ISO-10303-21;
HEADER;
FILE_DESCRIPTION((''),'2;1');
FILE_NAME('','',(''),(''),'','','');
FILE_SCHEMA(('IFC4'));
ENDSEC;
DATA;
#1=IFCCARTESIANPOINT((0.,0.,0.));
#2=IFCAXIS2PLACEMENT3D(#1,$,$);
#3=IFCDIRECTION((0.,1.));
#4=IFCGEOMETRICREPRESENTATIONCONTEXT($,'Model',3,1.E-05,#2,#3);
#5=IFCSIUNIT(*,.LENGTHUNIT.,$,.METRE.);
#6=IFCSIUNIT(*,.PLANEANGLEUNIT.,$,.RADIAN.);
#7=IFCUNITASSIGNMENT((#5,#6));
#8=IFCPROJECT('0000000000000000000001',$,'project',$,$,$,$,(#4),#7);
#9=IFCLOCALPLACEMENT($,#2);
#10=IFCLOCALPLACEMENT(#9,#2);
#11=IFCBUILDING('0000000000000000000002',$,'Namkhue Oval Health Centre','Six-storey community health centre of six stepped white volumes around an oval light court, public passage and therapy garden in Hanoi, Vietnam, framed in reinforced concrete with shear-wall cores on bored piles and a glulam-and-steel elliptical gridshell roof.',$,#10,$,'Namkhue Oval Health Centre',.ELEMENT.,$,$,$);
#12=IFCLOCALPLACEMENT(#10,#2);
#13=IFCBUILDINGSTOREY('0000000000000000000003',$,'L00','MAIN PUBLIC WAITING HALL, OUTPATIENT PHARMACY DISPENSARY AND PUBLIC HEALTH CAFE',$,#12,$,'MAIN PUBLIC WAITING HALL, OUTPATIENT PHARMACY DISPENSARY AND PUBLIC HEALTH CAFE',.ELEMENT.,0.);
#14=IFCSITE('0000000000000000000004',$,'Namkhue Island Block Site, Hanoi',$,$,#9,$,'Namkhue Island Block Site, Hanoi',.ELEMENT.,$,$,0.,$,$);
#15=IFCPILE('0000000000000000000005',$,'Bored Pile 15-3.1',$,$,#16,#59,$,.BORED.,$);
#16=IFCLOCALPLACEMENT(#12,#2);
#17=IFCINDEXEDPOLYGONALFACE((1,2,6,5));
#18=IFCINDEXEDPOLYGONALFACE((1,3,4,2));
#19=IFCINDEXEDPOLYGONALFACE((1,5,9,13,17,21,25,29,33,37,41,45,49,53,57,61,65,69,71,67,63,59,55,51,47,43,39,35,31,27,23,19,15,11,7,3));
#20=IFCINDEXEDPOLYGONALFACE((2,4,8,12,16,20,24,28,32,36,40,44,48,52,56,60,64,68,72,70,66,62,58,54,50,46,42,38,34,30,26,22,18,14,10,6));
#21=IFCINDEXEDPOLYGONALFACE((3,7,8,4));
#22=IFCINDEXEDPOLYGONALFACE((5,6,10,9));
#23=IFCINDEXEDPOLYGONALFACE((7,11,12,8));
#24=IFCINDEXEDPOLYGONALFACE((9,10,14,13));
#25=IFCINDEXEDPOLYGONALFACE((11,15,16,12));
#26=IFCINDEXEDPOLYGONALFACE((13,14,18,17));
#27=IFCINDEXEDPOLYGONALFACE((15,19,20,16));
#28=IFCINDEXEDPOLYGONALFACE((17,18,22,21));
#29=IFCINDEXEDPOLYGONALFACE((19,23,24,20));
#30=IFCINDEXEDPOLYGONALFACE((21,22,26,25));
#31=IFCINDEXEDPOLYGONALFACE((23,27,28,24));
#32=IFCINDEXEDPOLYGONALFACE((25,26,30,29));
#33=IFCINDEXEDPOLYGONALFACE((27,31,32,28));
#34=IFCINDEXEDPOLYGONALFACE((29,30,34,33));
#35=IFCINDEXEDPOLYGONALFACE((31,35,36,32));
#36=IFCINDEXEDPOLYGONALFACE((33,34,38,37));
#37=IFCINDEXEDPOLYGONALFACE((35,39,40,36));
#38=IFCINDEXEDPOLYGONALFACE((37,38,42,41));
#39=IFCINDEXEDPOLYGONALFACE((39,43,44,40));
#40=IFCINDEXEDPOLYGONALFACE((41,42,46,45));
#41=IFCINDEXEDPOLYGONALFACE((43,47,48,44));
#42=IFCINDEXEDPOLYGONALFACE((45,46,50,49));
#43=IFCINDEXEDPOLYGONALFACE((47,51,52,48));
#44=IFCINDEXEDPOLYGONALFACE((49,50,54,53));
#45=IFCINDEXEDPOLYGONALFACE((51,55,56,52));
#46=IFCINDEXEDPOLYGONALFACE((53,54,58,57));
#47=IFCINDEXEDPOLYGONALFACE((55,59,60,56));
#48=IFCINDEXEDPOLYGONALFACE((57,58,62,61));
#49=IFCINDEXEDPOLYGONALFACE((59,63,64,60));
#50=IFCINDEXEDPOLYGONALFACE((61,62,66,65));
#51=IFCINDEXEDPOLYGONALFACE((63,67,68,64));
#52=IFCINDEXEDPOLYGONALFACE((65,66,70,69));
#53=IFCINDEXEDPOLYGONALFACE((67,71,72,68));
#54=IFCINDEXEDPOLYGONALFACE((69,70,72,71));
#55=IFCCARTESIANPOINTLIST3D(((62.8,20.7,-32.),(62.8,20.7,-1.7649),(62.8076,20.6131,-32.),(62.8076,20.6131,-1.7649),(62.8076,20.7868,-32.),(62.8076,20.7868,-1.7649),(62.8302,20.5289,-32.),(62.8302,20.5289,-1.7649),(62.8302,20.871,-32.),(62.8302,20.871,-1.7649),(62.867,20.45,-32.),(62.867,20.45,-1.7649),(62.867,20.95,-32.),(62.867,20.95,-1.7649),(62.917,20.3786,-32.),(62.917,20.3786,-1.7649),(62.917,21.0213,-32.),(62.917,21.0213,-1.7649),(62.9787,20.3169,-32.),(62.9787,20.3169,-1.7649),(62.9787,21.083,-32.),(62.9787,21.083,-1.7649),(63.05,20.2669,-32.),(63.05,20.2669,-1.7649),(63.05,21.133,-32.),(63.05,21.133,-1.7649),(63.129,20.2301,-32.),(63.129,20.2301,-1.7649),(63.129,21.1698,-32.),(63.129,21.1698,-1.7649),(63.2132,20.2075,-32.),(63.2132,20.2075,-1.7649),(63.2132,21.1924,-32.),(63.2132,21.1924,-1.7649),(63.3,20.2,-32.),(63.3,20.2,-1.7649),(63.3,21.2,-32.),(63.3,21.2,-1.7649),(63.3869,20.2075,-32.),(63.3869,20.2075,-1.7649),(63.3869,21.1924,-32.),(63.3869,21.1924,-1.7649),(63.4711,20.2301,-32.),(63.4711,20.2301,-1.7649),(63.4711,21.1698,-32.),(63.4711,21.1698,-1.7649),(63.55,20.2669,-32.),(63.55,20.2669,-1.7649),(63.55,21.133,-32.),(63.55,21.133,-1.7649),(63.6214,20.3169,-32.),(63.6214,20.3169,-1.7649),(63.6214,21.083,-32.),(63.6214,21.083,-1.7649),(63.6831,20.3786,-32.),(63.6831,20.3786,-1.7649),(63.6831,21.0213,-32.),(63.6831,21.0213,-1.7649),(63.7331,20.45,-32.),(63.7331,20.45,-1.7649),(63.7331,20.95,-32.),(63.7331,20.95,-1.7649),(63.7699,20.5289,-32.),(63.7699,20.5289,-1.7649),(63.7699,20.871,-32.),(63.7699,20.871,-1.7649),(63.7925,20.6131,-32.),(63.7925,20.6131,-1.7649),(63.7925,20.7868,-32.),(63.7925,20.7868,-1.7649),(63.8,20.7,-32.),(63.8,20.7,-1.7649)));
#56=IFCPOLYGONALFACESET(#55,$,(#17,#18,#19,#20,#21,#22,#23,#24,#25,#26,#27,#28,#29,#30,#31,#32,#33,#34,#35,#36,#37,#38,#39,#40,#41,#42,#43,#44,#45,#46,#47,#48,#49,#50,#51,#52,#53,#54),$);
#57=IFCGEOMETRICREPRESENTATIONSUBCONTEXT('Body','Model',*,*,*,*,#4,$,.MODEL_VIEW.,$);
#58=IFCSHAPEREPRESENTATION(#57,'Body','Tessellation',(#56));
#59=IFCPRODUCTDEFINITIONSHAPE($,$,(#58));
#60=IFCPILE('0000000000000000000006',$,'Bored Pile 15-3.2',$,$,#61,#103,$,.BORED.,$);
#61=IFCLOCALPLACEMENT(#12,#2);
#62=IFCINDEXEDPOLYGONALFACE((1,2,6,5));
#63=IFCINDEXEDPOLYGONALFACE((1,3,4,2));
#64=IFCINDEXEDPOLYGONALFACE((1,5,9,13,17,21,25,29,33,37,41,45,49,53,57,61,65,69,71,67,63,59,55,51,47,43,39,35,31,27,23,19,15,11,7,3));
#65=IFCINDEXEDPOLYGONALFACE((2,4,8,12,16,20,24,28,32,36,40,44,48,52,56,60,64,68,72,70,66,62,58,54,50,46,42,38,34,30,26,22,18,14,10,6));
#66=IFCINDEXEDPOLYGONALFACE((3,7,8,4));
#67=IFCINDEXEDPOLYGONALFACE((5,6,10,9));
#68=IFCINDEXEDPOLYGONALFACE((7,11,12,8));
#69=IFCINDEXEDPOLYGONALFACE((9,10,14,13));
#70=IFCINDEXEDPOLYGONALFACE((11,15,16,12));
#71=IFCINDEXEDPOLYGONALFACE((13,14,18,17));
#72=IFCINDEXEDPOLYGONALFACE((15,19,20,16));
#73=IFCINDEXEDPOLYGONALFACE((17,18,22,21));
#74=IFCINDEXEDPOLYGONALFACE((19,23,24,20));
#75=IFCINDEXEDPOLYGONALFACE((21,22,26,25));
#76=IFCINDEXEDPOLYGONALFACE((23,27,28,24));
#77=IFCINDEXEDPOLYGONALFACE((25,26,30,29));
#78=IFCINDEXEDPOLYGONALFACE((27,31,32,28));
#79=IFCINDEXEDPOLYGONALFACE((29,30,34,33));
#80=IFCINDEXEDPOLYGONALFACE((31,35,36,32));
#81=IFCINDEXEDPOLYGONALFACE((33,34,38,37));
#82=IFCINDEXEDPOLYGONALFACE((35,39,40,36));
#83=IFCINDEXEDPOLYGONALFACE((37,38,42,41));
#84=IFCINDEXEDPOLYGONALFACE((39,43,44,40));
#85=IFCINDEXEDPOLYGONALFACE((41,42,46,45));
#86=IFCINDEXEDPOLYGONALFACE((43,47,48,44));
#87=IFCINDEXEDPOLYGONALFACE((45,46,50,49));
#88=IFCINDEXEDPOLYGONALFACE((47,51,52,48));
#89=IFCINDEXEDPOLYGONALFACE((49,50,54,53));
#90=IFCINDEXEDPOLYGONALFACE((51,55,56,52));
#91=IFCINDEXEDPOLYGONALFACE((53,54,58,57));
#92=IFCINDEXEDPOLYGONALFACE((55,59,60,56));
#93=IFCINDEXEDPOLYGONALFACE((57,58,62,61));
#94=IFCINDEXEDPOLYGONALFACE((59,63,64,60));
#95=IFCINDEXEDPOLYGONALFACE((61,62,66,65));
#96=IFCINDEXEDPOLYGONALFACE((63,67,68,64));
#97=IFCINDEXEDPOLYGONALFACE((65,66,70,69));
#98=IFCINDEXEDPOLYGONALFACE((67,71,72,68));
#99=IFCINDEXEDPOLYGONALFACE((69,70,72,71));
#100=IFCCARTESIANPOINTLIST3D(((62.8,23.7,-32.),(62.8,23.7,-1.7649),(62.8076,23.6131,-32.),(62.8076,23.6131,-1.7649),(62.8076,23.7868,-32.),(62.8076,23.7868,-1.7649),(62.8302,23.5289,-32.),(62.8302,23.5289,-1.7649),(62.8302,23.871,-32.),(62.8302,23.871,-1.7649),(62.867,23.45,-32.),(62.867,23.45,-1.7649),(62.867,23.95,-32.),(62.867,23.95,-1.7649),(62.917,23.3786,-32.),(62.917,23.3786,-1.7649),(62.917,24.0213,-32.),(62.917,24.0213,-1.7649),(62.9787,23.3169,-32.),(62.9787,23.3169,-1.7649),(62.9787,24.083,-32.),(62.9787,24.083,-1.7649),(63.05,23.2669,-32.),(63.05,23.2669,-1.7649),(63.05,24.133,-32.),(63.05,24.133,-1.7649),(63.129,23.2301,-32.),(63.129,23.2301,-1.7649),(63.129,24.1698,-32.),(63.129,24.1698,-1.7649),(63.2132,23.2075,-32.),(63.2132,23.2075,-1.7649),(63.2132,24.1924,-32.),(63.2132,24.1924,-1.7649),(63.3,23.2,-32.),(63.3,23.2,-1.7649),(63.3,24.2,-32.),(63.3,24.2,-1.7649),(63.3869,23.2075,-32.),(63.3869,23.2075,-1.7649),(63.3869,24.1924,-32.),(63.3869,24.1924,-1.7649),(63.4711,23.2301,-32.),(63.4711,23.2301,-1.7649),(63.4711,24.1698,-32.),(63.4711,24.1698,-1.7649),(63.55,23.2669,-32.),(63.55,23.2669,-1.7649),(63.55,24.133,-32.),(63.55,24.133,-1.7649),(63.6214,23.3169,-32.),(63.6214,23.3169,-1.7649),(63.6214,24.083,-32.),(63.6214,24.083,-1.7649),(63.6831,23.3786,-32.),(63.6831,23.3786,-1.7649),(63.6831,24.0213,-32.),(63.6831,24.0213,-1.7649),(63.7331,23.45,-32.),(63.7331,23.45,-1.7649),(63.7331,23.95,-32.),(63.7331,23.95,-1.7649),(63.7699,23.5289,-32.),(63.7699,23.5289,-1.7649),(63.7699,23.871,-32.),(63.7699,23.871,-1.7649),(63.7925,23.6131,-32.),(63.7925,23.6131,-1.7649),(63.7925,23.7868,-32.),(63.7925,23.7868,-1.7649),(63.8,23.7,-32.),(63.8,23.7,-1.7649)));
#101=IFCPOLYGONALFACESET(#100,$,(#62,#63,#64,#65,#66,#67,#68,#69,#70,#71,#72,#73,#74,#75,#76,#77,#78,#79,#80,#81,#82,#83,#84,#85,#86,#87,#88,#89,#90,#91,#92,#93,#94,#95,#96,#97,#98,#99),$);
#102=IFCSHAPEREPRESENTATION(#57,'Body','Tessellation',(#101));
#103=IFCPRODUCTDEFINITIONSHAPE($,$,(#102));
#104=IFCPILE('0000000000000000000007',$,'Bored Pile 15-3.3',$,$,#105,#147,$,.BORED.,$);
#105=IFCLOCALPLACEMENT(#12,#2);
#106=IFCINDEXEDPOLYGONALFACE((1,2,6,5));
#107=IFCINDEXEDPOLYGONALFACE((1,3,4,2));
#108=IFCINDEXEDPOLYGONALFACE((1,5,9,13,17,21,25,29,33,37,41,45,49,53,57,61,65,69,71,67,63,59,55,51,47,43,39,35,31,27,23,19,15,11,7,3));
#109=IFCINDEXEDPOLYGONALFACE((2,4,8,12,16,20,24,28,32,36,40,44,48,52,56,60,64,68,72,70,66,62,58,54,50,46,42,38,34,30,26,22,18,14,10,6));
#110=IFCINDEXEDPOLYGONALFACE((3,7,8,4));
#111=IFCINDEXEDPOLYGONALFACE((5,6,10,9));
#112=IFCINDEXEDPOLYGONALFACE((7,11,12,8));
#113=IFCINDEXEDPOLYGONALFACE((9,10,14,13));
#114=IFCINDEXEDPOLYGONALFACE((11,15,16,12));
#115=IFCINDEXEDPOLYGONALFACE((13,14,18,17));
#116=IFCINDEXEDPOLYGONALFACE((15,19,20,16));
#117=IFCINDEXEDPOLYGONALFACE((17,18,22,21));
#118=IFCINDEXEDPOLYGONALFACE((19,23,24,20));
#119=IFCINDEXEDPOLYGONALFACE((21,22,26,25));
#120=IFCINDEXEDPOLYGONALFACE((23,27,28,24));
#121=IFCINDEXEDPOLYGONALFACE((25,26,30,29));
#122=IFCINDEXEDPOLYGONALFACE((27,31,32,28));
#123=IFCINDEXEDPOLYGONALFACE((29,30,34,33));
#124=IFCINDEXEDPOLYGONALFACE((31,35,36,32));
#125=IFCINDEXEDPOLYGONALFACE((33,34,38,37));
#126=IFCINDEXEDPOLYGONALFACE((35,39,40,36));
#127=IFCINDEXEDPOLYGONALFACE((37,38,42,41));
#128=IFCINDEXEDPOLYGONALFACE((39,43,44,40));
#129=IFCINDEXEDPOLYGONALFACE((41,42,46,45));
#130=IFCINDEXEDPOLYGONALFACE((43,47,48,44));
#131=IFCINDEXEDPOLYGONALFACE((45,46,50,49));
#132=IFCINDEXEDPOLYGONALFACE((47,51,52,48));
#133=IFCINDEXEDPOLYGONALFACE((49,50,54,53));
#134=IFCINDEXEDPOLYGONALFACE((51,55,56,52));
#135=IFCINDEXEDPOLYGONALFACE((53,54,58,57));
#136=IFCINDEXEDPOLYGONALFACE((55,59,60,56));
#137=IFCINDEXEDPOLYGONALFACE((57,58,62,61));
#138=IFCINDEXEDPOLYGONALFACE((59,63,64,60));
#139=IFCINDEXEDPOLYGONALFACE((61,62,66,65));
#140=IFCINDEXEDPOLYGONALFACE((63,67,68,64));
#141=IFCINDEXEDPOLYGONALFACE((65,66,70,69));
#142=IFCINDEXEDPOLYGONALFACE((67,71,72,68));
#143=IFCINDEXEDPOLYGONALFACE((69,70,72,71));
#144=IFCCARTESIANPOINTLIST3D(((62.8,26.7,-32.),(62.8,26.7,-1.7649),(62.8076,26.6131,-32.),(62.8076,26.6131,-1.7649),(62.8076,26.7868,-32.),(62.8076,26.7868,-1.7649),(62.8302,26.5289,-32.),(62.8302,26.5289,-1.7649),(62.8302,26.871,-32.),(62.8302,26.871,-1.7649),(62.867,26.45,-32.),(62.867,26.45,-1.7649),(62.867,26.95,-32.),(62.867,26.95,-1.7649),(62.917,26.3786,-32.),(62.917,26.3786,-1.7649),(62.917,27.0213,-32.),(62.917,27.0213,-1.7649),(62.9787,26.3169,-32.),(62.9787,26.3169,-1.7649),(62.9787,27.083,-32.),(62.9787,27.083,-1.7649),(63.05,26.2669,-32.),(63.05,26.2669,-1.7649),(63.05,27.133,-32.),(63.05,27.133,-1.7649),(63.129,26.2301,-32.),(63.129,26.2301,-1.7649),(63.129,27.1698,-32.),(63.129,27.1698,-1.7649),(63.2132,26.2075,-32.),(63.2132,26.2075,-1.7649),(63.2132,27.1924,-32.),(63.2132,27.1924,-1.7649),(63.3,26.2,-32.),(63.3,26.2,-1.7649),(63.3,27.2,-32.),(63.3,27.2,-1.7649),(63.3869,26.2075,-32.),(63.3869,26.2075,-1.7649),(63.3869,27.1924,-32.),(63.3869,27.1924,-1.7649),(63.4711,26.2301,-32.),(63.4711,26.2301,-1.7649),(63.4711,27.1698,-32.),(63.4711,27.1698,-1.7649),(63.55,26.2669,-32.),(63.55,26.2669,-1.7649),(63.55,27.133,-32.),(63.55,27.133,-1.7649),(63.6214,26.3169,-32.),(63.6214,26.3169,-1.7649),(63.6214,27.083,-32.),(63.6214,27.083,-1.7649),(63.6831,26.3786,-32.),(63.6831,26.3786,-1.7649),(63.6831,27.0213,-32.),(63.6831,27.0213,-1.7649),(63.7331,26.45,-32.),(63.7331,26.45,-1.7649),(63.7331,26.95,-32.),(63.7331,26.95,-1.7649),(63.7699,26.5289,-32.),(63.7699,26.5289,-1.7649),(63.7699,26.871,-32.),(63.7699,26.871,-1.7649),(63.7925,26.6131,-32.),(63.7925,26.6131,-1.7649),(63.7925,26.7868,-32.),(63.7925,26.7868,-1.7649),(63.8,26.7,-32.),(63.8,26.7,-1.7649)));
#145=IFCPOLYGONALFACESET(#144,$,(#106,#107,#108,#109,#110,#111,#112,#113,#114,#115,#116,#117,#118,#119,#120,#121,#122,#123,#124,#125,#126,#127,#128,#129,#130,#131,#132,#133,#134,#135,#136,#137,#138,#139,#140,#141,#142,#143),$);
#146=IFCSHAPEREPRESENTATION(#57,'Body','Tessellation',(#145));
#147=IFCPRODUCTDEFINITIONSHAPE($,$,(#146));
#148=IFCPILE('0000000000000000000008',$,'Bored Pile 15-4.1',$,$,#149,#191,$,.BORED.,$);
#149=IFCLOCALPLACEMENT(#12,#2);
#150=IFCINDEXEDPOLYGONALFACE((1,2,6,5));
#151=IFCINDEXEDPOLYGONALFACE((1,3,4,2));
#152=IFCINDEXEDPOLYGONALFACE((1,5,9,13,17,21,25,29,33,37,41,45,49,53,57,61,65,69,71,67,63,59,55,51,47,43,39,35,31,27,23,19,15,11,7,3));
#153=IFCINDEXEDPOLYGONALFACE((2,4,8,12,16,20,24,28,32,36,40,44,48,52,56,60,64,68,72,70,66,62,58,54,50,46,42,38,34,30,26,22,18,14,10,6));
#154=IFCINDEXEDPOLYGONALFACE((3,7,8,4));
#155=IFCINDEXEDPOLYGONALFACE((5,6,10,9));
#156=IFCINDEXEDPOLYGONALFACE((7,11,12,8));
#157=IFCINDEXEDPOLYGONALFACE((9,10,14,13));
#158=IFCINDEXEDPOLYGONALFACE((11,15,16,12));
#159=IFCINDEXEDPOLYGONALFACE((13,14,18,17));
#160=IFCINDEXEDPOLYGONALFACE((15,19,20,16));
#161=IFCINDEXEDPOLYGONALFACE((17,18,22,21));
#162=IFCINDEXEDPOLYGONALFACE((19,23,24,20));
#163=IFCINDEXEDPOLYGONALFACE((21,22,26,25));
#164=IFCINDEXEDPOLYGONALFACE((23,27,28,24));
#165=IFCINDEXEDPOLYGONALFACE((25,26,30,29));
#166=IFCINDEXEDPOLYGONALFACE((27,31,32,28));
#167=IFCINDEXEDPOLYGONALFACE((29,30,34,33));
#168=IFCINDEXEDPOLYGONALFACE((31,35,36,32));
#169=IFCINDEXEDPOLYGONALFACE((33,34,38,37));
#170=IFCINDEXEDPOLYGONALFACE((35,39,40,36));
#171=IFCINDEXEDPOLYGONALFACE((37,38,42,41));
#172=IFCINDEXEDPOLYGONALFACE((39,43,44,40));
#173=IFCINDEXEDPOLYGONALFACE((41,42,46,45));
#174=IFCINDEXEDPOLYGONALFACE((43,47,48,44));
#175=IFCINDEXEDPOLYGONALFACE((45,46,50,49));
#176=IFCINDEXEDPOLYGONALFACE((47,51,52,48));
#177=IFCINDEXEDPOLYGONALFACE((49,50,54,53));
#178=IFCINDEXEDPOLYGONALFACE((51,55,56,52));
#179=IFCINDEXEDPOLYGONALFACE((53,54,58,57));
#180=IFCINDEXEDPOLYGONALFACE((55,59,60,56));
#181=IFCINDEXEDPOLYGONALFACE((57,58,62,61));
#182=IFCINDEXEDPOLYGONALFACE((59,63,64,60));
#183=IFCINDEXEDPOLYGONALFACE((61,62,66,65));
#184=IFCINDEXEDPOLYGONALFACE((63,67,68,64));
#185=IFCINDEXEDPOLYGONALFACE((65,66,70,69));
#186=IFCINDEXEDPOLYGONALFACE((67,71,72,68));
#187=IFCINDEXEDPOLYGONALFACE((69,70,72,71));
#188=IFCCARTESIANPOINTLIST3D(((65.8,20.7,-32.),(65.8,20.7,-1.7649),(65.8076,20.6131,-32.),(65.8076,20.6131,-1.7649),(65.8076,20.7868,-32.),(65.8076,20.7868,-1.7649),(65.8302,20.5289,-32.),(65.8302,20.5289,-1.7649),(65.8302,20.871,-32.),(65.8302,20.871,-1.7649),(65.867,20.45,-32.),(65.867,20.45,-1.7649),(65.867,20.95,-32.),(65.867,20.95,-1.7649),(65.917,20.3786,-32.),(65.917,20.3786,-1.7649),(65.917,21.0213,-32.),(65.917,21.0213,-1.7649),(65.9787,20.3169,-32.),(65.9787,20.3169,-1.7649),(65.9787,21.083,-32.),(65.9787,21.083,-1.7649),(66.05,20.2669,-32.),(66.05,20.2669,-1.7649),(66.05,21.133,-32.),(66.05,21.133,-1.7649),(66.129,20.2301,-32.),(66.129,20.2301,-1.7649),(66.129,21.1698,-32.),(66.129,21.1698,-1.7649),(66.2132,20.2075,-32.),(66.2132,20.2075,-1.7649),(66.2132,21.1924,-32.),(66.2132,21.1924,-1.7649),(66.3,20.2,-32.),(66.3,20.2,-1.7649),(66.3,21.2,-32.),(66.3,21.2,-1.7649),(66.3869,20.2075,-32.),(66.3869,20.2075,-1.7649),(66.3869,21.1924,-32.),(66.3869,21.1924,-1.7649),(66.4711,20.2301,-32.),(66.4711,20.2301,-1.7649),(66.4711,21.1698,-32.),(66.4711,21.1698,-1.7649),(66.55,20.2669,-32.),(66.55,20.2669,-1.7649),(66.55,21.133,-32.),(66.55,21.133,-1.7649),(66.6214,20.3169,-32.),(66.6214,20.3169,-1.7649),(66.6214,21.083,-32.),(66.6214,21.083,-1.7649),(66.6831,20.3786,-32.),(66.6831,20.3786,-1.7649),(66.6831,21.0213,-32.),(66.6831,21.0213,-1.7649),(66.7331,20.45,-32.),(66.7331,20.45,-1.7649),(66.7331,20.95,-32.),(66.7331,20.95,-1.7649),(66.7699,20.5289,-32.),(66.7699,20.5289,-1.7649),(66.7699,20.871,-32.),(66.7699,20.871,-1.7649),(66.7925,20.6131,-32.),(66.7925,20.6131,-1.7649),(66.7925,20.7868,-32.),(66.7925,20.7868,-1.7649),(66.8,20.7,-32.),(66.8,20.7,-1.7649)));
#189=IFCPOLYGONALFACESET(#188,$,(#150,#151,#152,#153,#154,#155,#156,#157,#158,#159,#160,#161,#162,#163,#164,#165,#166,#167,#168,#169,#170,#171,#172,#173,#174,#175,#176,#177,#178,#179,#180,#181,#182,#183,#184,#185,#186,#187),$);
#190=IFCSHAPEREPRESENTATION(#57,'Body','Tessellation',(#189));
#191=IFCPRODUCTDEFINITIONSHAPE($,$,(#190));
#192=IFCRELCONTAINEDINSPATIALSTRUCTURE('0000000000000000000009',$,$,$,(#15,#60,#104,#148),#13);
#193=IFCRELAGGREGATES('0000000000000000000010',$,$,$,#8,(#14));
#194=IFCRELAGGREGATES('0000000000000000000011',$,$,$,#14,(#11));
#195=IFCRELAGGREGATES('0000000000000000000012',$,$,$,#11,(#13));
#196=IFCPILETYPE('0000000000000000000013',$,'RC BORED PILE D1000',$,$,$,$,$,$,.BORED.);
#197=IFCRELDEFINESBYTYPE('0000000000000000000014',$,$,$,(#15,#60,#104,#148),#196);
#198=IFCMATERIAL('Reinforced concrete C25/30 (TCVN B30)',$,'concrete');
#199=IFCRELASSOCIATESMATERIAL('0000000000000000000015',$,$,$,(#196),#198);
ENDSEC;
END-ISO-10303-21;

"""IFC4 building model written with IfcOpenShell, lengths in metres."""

from ifc_helpers import new_model, si_unit, direction, frame, origin, origin_2d, place, context, subcontext, project, spatial, circle, extrude, material, material_profile, profile_set, type_object, element, save


model = new_model("IFC4")

# Units and contexts
model_context = context("Model", 3, precision=1e-05, world=origin(), true_north=direction((0.0, 1.0)))
body_context = subcontext(model_context, "Body", "Model", "MODEL_VIEW")
ifc_project = project(units=[si_unit("LENGTHUNIT", "METRE"), si_unit("PLANEANGLEUNIT", "RADIAN")], contexts=[model_context])

# Site, building, storey
site_placement = place(None, origin())
site = spatial("IfcSite", under=ifc_project, at=site_placement, Name="Namkhue Island Block Site, Hanoi", LongName="Namkhue Island Block Site, Hanoi", CompositionType="ELEMENT", RefElevation=0.0)
building_placement = place(site_placement, origin())
building = spatial("IfcBuilding", under=site, at=building_placement, Name="Namkhue Oval Health Centre", Description="Six-storey community health centre of six stepped white volumes around an oval light court, public passage and therapy garden in Hanoi, Vietnam, framed in reinforced concrete with shear-wall cores on bored piles and a glulam-and-steel elliptical gridshell roof.", LongName="Namkhue Oval Health Centre", CompositionType="ELEMENT")
storey_placement = place(building_placement, origin())
storey = spatial("IfcBuildingStorey", under=building, at=storey_placement, Name="L00", Description="MAIN PUBLIC WAITING HALL, OUTPATIENT PHARMACY DISPENSARY AND PUBLIC HEALTH CAFE", LongName="MAIN PUBLIC WAITING HALL, OUTPATIENT PHARMACY DISPENSARY AND PUBLIC HEALTH CAFE", CompositionType="ELEMENT", Elevation=0.0)

# Piles
ifc_material_1 = material(Name="Reinforced concrete C25/30 (TCVN B30)", Category="concrete")
ifc_material_profile_1 = material_profile(ifc_material_1, circle(Radius=0.5, at=origin_2d()), Name="BORED PILE D1000")
ifc_profile_set_1 = profile_set([ifc_material_profile_1], Name="Reinforced concrete C25/30 (TCVN B30)")
pile_type_1 = type_object("IfcPileType", Name="RC BORED PILE D1000", PredefinedType="BORED", material=ifc_profile_set_1)
for number, where, z_axis, x_axis, name in (
    (1, (63.3, 20.7, -1.7649), (0.0, 0.0, -1.0), (1.0, 0.0, 0.0), "Bored Pile 15-3.1"),
    (2, (63.3, 23.7, -1.7649), (0.0, 0.0, -1.0), (1.0, 0.0, 0.0), "Bored Pile 15-3.2"),
    (3, (63.3, 26.7, -1.7649), (0.0, 0.0, -1.0), (1.0, 0.0, 0.0), "Bored Pile 15-3.3"),
    (4, (66.3, 20.7, -1.7649), (0.0, 0.0, -1.0), (1.0, 0.0, 0.0), "Bored Pile 15-4.1"),
):
    element("IfcPile", number, at=place(storey_placement, frame(where, z_axis=z_axis, x_axis=x_axis)), inside=storey, type_object=pile_type_1, Name=name, PredefinedType="BORED", context=body_context, shape_type="SweptSolid", body=[
        extrude(circle(Radius=0.5, at=origin_2d()), origin(), (0.0, 0.0, 1.0), 30.2351),
    ])

save(model, "model.ifc")
